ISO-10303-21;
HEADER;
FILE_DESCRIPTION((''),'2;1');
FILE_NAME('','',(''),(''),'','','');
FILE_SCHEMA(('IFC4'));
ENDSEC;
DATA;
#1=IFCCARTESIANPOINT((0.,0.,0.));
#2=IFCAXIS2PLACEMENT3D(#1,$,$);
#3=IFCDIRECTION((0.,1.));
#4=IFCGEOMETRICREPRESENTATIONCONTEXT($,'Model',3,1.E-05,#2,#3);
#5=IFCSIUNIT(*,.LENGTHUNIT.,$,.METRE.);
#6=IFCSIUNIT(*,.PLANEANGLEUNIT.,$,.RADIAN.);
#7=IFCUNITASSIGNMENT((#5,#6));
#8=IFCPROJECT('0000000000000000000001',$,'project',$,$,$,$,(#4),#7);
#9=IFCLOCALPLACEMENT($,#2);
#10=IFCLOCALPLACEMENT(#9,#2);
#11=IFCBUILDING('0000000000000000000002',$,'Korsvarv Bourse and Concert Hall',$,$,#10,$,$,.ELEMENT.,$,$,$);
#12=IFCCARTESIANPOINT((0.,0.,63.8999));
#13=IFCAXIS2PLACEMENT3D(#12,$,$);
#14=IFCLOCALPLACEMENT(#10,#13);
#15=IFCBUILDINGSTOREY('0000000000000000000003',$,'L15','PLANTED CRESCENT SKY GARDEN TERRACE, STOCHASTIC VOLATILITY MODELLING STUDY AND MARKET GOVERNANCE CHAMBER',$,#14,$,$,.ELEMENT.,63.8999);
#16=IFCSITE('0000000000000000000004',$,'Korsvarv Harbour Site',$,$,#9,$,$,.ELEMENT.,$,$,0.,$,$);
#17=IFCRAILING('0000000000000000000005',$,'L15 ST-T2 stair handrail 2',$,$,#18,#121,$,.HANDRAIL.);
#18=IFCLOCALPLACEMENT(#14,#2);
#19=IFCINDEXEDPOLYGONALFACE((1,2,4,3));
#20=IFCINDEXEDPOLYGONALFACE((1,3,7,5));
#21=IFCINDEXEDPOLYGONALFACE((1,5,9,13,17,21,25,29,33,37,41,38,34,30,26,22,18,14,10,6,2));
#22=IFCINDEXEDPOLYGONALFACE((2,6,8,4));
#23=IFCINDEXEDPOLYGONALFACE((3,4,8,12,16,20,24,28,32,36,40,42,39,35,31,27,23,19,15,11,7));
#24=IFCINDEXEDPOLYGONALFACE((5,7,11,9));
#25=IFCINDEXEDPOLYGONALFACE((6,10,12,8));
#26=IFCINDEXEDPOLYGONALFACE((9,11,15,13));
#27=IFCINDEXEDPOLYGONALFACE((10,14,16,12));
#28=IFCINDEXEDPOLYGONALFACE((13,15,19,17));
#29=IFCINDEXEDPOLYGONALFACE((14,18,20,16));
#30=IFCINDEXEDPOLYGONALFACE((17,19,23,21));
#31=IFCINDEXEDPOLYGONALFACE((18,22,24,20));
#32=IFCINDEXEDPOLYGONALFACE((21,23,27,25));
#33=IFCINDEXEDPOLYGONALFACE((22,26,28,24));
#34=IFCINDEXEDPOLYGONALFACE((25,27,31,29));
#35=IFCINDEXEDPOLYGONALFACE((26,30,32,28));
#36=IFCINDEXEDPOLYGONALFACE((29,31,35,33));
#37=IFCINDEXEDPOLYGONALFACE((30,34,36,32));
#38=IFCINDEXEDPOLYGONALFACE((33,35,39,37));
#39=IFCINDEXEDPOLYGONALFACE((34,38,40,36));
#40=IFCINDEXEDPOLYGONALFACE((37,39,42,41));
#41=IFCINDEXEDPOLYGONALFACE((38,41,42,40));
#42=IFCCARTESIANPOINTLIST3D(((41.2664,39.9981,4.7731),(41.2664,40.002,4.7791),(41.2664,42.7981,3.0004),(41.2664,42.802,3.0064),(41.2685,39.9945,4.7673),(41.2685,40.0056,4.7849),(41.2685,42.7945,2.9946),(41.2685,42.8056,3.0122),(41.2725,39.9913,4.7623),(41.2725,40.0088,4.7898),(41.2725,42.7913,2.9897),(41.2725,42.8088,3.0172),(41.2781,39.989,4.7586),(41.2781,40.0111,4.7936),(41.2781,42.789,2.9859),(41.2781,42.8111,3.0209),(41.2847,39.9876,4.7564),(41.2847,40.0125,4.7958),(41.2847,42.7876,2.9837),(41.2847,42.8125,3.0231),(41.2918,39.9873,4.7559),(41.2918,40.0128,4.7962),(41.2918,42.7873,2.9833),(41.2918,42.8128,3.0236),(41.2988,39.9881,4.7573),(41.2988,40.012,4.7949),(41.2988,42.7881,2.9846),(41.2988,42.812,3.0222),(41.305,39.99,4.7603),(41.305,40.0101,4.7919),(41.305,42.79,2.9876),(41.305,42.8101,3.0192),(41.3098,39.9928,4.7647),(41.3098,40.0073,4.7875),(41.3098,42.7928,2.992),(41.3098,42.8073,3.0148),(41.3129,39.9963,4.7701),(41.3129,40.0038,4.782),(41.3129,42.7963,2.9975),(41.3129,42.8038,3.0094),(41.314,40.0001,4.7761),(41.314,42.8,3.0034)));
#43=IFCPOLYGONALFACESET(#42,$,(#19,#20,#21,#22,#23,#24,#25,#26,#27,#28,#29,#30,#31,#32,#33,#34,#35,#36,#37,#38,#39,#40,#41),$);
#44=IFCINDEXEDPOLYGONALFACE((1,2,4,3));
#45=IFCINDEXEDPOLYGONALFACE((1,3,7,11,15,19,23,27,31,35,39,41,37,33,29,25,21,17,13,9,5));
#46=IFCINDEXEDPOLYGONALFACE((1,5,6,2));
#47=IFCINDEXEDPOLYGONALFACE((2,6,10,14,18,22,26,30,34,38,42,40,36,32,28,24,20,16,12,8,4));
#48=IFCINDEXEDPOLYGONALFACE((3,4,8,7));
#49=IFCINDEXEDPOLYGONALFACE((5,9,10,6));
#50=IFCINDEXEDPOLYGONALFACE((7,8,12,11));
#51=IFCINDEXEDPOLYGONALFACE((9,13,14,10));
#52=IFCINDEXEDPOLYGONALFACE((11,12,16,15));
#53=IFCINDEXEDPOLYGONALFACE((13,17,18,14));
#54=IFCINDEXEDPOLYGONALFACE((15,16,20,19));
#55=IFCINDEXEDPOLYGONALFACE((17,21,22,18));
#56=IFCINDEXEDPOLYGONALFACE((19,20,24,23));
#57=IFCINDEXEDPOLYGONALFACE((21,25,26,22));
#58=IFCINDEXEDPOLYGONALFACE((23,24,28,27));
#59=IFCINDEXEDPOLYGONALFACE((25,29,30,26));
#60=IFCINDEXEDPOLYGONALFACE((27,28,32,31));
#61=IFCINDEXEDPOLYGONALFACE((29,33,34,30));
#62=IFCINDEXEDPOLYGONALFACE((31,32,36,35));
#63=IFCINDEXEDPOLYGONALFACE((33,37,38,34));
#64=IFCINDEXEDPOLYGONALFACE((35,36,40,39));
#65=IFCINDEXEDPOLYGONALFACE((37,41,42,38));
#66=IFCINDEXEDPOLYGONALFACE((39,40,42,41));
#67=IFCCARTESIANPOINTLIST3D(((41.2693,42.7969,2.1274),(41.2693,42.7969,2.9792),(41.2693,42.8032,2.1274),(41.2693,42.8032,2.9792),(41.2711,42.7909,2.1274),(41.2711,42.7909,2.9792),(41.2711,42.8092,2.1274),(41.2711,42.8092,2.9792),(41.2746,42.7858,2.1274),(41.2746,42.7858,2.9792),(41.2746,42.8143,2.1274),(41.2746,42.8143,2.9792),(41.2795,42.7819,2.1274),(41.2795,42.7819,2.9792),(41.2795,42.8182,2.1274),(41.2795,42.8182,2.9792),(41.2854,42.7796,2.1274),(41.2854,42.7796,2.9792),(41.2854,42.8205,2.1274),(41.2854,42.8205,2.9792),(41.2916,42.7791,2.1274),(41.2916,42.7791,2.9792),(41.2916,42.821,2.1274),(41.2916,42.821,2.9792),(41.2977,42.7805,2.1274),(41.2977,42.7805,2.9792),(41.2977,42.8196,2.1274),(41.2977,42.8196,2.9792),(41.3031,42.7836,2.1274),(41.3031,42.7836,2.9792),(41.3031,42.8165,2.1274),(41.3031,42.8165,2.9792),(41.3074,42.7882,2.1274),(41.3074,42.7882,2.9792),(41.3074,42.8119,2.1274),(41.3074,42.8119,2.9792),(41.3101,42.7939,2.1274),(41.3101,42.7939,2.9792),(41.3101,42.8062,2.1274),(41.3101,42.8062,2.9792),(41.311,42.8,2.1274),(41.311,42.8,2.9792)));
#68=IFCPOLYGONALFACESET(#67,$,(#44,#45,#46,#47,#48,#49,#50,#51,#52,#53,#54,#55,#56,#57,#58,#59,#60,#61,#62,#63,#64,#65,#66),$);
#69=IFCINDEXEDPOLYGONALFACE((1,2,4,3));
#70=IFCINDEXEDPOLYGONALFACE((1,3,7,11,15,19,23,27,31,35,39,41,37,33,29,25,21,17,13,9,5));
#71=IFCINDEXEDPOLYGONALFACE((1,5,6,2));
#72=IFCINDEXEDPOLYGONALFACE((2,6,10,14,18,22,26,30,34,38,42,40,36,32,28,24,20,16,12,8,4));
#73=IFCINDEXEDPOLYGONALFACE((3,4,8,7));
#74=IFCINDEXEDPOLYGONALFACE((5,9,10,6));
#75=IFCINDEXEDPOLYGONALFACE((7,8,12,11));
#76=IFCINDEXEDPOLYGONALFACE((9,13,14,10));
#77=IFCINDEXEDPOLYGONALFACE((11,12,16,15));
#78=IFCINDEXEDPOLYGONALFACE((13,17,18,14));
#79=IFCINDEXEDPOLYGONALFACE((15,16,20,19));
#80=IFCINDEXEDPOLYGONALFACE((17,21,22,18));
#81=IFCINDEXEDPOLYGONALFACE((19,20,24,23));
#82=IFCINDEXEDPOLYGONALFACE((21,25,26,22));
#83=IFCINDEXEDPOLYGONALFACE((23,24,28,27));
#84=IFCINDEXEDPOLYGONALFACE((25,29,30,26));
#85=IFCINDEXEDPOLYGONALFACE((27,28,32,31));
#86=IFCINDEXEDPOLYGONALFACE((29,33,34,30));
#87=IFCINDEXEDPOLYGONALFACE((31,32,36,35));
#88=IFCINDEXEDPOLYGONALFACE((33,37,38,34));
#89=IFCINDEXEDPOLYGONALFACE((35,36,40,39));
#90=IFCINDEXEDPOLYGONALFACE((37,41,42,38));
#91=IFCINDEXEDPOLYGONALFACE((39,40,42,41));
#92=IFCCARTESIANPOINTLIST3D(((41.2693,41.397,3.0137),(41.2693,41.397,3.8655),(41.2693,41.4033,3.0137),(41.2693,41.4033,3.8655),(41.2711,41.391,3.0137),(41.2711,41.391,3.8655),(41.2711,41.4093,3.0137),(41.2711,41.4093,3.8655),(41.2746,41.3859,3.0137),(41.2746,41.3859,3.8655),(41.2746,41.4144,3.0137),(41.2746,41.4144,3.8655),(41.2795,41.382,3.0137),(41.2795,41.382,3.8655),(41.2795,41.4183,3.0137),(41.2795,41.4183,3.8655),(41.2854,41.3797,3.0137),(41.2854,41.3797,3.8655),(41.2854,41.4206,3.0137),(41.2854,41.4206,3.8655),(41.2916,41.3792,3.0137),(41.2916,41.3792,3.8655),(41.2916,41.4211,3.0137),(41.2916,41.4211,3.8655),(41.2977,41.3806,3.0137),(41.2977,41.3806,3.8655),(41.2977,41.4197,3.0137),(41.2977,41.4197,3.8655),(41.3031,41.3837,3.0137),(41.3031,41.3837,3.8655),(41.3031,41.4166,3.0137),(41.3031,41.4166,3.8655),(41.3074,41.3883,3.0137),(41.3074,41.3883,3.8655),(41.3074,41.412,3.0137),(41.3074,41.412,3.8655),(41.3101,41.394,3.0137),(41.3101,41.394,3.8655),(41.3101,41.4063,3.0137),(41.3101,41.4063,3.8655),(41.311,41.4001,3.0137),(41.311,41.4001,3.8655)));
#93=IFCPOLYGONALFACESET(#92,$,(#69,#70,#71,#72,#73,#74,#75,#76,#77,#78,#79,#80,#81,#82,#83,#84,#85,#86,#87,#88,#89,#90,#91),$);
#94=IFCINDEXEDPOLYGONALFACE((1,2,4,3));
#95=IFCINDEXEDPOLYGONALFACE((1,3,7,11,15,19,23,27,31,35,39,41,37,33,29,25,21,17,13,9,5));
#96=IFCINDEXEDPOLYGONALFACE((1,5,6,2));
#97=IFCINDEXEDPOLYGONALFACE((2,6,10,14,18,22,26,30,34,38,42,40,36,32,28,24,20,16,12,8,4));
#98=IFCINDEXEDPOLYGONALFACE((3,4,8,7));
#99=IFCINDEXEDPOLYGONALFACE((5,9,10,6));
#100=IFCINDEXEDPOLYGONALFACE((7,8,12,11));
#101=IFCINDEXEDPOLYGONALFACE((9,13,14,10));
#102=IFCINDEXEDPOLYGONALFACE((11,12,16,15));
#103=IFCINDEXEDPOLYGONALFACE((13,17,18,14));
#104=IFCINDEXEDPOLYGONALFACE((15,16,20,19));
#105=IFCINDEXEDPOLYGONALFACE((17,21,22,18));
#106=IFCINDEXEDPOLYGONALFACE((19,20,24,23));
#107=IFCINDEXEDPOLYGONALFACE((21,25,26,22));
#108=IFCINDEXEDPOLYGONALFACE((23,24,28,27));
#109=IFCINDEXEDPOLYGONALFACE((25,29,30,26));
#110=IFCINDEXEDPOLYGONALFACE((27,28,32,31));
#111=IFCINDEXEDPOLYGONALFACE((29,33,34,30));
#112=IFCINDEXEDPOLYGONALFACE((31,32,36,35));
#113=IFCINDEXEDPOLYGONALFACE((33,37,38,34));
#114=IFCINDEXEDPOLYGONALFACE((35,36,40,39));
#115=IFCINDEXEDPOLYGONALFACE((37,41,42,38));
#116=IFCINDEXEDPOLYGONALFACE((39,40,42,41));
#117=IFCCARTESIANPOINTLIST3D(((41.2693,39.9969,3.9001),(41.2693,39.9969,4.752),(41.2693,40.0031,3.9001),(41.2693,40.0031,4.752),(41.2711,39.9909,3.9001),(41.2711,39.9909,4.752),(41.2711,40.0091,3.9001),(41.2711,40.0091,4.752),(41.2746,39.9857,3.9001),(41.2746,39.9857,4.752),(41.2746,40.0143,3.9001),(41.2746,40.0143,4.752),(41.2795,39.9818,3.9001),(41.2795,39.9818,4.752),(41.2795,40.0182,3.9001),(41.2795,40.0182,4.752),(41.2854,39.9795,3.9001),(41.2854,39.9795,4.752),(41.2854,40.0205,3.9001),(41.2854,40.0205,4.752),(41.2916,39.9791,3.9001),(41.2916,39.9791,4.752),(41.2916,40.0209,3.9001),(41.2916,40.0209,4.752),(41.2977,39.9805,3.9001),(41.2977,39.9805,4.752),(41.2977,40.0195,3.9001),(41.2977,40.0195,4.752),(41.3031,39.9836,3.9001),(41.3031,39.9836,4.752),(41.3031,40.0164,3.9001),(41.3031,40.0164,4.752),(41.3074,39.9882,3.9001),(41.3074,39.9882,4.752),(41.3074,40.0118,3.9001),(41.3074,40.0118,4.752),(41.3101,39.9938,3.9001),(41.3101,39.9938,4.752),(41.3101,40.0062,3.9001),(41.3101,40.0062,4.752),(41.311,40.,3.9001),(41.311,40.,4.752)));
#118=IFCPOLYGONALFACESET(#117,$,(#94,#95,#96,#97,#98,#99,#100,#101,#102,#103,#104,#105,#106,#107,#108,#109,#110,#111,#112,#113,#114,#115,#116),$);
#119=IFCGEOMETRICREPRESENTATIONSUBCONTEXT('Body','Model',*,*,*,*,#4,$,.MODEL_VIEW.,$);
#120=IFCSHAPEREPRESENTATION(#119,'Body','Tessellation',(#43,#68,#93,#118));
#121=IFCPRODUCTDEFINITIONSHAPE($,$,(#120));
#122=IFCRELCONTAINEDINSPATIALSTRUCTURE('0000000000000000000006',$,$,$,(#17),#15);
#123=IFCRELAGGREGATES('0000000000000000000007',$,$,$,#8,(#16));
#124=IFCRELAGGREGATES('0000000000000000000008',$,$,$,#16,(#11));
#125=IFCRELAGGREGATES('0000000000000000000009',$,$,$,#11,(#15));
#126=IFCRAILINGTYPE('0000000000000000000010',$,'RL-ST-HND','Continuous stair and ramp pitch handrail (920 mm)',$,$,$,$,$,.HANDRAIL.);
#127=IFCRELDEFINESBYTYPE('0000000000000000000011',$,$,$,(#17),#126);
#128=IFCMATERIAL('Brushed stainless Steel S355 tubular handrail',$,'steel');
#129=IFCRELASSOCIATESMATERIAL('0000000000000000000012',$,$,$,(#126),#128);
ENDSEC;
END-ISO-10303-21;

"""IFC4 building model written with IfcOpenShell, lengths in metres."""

from ifc_helpers import new_model, si_unit, direction, frame, origin, origin_2d, place, context, subcontext, project, spatial, circle, extrude, material, type_object, element, save


model = new_model("IFC4")

# Units and contexts
model_context = context("Model", 3, precision=1e-05, world=origin(), true_north=direction((0.0, 1.0)))
body_context = subcontext(model_context, "Body", "Model", "MODEL_VIEW")
ifc_project = project(units=[si_unit("LENGTHUNIT", "METRE"), si_unit("PLANEANGLEUNIT", "RADIAN")], contexts=[model_context])

# Site, building, storey
site_placement = place(None, origin())
site = spatial("IfcSite", under=ifc_project, at=site_placement, Name="Korsvarv Harbour Site", CompositionType="ELEMENT", RefElevation=0.0)
building_placement = place(site_placement, origin())
building = spatial("IfcBuilding", under=site, at=building_placement, Name="Korsvarv Bourse and Concert Hall", CompositionType="ELEMENT")
storey_placement = place(building_placement, frame((0.0, 0.0, 63.8999)))
storey = spatial("IfcBuildingStorey", under=building, at=storey_placement, Name="L15", Description="PLANTED CRESCENT SKY GARDEN TERRACE, STOCHASTIC VOLATILITY MODELLING STUDY AND MARKET GOVERNANCE CHAMBER", CompositionType="ELEMENT", Elevation=63.8999)

# Railing
ifc_material_1 = material(Name="Brushed stainless Steel S355 tubular handrail", Category="steel")
railing_type_1 = type_object("IfcRailingType", Name="RL-ST-HND", Description="Continuous stair and ramp pitch handrail (920 mm)", PredefinedType="HANDRAIL", material=ifc_material_1)
railing_1_placement = place(storey_placement, frame((41.29, 42.8, 2.1274)))
element("IfcRailing", 1, at=railing_1_placement, inside=storey, type_object=railing_type_1, Name="L15 ST-T2 stair handrail 2", PredefinedType="HANDRAIL", context=body_context, shape_type="SweptSolid", body=[
    extrude(circle(Radius=0.0239, at=origin_2d()), frame((0.0, 0.0, 0.876), z_axis=(0.0, -0.844909, 0.53491), x_axis=(1.0, 0.0, 0.0)), (0.0, 0.0, 1.0), 3.314),
    extrude(circle(Radius=0.021, at=origin_2d()), origin(), (0.0, 0.0, 1.0), 0.8518),
    extrude(circle(Radius=0.021, at=origin_2d()), frame((0.0, -1.3999, 0.8862)), (0.0, 0.0, 1.0), 0.8518),
    extrude(circle(Radius=0.021, at=origin_2d()), frame((0.0, -2.8, 1.7727)), (0.0, 0.0, 1.0), 0.8518),
])

save(model, "model.ifc")
